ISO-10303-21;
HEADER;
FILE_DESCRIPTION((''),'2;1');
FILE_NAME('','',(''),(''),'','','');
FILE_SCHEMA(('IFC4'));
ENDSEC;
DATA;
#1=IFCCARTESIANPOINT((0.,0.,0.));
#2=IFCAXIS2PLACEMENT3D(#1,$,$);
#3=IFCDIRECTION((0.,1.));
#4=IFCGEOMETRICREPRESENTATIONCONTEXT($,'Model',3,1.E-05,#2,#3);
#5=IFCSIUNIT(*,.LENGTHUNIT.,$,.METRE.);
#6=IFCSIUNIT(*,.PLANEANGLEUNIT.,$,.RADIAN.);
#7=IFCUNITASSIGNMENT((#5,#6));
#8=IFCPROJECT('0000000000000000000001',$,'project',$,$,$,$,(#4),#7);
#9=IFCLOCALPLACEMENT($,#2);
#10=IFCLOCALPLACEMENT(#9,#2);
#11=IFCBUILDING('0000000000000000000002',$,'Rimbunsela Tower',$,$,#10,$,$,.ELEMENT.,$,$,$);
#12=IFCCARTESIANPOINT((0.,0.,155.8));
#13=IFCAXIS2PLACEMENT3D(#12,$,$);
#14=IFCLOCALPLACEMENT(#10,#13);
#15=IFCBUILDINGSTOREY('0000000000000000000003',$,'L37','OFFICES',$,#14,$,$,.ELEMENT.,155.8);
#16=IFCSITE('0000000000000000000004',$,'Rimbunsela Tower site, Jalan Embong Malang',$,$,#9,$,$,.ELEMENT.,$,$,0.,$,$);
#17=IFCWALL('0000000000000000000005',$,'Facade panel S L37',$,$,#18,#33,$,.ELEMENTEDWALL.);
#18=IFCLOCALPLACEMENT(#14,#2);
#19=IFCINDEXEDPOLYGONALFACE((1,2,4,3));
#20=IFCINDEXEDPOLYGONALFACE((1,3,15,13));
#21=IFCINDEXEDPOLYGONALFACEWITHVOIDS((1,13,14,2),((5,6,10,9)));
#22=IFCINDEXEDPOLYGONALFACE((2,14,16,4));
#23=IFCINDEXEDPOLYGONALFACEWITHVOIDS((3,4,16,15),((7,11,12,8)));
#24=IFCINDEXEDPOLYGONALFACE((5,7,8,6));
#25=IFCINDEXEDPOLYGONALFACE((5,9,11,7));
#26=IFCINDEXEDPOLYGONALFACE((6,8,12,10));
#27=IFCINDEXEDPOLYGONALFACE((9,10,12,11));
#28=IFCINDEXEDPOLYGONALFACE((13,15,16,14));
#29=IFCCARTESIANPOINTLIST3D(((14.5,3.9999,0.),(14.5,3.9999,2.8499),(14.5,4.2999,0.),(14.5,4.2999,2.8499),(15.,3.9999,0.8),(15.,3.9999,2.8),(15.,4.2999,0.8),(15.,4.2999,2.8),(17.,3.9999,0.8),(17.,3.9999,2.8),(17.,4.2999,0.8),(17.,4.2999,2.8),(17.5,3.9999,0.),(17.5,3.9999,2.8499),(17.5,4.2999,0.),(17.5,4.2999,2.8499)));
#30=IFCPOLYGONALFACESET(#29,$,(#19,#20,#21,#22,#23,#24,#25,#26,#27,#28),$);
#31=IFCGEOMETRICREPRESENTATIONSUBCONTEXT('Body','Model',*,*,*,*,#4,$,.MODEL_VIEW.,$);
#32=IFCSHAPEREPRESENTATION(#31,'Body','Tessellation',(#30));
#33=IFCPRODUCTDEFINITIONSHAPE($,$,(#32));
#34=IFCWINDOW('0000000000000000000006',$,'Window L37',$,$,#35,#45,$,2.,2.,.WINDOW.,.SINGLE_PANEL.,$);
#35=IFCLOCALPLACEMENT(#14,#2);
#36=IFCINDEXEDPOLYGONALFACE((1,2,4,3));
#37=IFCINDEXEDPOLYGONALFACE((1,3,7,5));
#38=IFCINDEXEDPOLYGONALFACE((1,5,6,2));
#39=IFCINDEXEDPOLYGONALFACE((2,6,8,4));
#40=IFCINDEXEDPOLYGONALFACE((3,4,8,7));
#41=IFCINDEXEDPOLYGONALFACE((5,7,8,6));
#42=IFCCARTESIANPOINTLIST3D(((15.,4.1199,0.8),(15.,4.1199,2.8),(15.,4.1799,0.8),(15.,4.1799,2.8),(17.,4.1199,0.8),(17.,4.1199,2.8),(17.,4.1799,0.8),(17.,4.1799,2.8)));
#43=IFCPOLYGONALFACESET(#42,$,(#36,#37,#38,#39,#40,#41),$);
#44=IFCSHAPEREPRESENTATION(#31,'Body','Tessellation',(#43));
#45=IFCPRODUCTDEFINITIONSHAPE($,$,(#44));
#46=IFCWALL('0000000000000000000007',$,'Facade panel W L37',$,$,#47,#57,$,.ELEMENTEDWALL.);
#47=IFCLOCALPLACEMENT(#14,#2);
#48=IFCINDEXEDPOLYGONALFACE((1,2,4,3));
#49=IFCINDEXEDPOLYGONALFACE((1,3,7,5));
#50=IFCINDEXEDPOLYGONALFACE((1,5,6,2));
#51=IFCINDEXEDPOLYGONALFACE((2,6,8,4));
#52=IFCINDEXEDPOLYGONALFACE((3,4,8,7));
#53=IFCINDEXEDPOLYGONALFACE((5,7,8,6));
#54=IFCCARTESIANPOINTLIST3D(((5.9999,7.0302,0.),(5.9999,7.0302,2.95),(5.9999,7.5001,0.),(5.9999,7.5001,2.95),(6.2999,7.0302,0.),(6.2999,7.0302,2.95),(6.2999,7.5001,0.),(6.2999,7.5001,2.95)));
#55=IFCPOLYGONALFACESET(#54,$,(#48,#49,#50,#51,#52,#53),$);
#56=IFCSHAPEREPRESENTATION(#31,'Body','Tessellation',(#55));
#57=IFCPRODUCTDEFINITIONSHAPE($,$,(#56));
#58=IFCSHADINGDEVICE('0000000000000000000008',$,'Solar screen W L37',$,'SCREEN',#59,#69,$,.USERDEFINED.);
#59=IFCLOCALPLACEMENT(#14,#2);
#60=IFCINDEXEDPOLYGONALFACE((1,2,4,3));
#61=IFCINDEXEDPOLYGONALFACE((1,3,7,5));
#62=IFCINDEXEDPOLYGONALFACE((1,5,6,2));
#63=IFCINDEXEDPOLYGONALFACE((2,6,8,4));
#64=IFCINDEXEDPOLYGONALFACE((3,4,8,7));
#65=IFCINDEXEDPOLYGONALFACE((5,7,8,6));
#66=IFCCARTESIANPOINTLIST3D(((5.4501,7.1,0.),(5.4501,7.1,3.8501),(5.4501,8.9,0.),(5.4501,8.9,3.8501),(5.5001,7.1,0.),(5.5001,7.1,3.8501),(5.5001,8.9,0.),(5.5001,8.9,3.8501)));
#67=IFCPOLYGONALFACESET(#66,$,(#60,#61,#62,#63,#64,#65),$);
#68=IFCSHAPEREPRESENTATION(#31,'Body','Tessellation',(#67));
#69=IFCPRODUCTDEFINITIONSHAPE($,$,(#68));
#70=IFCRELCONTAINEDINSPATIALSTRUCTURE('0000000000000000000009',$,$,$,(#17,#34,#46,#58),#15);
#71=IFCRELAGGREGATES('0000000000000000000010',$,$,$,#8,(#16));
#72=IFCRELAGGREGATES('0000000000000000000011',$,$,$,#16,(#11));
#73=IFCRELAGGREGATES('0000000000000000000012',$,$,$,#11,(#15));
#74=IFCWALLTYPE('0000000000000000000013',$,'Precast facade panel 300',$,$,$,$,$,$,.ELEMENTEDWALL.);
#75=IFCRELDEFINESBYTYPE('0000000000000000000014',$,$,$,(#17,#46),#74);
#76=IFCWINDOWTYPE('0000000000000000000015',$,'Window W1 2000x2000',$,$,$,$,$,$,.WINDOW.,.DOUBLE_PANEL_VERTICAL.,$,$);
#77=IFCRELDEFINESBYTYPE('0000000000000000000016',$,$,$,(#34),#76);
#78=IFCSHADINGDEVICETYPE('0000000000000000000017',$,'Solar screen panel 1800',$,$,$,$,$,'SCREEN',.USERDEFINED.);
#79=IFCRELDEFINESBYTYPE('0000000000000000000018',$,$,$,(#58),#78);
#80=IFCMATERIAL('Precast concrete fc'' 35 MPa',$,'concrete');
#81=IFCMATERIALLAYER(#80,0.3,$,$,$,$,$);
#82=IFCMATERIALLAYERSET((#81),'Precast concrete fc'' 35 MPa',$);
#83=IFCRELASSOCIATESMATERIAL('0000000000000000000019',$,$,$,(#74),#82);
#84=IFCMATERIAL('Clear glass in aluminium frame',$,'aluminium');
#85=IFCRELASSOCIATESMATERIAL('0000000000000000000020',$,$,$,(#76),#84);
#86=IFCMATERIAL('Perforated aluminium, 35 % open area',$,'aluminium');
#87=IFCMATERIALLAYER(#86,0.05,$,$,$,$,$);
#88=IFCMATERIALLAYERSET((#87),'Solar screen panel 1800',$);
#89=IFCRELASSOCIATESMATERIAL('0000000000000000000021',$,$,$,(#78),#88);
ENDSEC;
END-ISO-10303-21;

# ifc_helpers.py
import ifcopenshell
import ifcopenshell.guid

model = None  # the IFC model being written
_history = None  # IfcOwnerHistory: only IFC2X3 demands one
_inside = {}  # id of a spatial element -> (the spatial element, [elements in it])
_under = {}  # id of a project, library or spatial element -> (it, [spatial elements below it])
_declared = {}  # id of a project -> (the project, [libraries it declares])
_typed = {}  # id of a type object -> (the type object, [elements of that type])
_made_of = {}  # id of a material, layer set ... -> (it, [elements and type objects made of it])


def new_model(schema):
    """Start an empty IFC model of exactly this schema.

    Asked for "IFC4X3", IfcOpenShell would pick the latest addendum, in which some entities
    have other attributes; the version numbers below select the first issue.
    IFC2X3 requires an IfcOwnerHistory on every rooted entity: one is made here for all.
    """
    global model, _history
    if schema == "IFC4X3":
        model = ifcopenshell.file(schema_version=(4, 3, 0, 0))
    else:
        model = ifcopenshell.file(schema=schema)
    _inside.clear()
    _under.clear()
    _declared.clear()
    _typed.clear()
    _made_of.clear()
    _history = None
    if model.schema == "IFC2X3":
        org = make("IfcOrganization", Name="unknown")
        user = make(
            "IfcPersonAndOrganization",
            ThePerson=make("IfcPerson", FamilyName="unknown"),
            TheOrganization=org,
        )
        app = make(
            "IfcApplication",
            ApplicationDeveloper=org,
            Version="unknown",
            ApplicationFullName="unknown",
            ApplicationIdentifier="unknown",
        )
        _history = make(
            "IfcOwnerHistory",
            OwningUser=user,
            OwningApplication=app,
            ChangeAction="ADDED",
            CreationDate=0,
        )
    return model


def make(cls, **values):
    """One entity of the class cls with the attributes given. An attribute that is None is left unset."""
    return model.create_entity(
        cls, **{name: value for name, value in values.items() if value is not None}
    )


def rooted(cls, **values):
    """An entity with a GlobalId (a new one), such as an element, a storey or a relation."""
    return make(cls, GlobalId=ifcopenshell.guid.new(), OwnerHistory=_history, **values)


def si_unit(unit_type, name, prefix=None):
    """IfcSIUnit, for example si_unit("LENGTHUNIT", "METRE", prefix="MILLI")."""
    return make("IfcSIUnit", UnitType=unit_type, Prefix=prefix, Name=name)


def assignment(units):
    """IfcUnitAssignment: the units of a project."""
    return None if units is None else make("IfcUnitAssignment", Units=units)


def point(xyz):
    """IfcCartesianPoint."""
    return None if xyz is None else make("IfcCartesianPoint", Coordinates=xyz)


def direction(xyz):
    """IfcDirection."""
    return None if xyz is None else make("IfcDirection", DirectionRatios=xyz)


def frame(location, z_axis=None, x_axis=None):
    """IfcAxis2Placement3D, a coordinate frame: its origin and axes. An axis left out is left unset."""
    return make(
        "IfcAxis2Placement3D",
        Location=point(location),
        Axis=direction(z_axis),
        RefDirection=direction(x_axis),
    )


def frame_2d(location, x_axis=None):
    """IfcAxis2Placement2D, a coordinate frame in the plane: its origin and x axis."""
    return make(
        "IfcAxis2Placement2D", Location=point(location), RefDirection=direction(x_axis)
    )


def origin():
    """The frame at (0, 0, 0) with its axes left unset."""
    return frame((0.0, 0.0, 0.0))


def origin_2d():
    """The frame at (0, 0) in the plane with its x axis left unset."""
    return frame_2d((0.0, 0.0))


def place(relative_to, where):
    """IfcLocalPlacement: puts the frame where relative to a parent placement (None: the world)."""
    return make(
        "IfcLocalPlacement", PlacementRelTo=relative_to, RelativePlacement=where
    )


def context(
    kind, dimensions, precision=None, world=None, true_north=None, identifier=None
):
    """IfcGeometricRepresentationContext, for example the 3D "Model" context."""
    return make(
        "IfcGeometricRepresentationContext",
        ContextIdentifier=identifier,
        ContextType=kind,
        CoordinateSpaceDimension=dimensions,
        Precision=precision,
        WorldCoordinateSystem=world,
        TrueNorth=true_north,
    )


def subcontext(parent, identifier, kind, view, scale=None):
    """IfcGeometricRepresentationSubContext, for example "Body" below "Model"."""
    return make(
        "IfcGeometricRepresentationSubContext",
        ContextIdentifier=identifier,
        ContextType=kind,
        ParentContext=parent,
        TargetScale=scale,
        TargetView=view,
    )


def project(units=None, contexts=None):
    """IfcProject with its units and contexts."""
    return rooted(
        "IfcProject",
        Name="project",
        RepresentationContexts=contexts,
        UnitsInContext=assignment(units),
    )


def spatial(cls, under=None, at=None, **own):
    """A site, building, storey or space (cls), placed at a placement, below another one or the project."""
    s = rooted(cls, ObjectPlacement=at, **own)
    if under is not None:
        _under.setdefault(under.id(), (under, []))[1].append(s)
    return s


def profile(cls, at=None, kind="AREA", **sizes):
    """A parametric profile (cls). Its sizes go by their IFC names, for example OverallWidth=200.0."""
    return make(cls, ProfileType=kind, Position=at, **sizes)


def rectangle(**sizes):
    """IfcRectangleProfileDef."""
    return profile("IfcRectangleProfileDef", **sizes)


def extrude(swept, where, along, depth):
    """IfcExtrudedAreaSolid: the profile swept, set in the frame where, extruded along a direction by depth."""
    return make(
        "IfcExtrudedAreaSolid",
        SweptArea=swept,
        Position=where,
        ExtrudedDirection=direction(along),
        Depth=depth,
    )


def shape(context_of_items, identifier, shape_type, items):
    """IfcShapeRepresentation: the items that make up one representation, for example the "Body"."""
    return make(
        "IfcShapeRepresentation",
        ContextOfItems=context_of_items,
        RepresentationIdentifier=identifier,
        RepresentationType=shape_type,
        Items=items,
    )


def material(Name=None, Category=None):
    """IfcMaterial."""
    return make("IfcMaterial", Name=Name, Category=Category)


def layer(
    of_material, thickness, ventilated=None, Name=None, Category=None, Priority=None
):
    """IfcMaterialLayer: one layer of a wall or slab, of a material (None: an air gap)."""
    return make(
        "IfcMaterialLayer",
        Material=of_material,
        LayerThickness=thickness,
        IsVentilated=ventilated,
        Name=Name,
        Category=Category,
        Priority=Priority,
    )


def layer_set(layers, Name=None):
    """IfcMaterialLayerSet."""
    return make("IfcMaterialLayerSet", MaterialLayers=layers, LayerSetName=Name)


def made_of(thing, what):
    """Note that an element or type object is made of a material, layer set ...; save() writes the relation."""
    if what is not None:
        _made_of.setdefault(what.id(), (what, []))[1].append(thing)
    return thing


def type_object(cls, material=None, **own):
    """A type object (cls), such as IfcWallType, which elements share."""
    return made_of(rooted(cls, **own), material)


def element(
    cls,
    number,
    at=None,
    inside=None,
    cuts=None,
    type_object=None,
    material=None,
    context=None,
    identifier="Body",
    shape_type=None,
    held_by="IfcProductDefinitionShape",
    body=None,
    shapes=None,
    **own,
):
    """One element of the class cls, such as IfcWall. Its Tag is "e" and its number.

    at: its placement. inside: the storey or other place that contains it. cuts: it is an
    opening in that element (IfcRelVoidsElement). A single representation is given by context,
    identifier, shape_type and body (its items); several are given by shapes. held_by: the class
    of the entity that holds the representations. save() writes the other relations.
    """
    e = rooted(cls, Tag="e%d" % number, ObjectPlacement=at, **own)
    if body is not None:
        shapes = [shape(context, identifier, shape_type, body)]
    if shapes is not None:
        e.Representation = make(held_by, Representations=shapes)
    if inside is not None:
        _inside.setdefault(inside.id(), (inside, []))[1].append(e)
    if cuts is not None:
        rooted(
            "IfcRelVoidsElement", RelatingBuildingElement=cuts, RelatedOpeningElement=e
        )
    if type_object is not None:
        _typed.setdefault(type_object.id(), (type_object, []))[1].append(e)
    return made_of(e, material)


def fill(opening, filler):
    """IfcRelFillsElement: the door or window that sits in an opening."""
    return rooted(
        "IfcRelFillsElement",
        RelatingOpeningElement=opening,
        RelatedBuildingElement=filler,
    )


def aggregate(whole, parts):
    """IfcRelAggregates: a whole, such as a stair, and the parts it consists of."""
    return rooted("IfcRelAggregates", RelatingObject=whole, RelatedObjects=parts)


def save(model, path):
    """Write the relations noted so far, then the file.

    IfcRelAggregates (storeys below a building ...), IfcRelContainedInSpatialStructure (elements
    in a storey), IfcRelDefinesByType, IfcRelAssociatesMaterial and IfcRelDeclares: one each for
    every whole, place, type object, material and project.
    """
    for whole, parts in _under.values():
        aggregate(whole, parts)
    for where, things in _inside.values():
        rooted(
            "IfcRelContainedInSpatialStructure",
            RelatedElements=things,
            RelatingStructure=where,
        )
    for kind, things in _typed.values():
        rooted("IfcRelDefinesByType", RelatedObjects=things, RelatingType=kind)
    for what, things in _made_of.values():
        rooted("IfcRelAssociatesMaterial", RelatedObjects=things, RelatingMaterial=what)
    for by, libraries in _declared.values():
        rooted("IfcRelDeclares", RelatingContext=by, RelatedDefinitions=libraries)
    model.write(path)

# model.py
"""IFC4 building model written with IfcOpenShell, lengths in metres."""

from ifc_helpers import new_model, si_unit, direction, frame, frame_2d, origin, origin_2d, place, context, subcontext, project, spatial, rectangle, extrude, material, layer, layer_set, type_object, element, fill, save


model = new_model("IFC4")

# Units and contexts
model_context = context("Model", 3, precision=1e-05, world=origin(), true_north=direction((0.0, 1.0)))
body_context = subcontext(model_context, "Body", "Model", "MODEL_VIEW")
ifc_project = project(units=[si_unit("LENGTHUNIT", "METRE"), si_unit("PLANEANGLEUNIT", "RADIAN")], contexts=[model_context])

# Site, building, storey
site_placement = place(None, origin())
site = spatial("IfcSite", under=ifc_project, at=site_placement, Name="Rimbunsela Tower site, Jalan Embong Malang", CompositionType="ELEMENT", RefElevation=0.0)
building_placement = place(site_placement, origin())
building = spatial("IfcBuilding", under=site, at=building_placement, Name="Rimbunsela Tower", CompositionType="ELEMENT")
storey_placement = place(building_placement, frame((0.0, 0.0, 155.8)))
storey = spatial("IfcBuildingStorey", under=building, at=storey_placement, Name="L37", Description="OFFICES", CompositionType="ELEMENT", Elevation=155.8)

# Shared definitions
ifc_material_1 = material(Name="Precast concrete fc' 35 MPa", Category="concrete")
ifc_layer_1 = layer(ifc_material_1, 0.3)
ifc_layer_set_1 = layer_set([ifc_layer_1], Name="Precast concrete fc' 35 MPa")
wall_type = type_object("IfcWallType", Name="Precast facade panel 300", PredefinedType="ELEMENTEDWALL", material=ifc_layer_set_1)

# Wall, opening, window
ifc_material_2 = material(Name="Clear glass in aluminium frame", Category="aluminium")
window_type = type_object("IfcWindowType", Name="Window W1 2000x2000", PartitioningType="DOUBLE_PANEL_VERTICAL", PredefinedType="WINDOW", material=ifc_material_2)
wall_1_placement = place(storey_placement, frame((14.5, 4.1499, 0.0), z_axis=(0.0, 0.0, 1.0), x_axis=(1.0, 0.0, 0.0)))
wall_1 = element("IfcWall", 1, at=wall_1_placement, inside=storey, type_object=wall_type, Name="Facade panel S L37", PredefinedType="ELEMENTEDWALL", context=body_context, shape_type="SweptSolid", body=[
    extrude(rectangle(XDim=3.0, YDim=0.3, at=frame_2d((1.5, 0.0))), origin(), (0.0, 0.0, 1.0), 2.8499),
])
opening_1_placement = place(wall_1_placement, frame((0.5, 0.0, 0.8)))
opening_1 = element("IfcOpeningElement", 2, at=opening_1_placement, cuts=wall_1, PredefinedType="OPENING", context=body_context, shape_type="SweptSolid", body=[
    extrude(rectangle(XDim=2.0, YDim=2.0, at=frame_2d((1.0, 1.0))), frame((0.0, 0.1599, 0.0), z_axis=(0.0, -1.0, 0.0), x_axis=(1.0, 0.0, 0.0)), (0.0, 0.0, 1.0), 0.3201),
])
window_1_placement = place(opening_1_placement, origin())
window_1 = element("IfcWindow", 3, at=window_1_placement, inside=storey, type_object=window_type, Name="Window L37", OverallHeight=2.0, OverallWidth=2.0, PartitioningType="SINGLE_PANEL", PredefinedType="WINDOW", context=body_context, shape_type="SweptSolid", body=[
    extrude(rectangle(XDim=2.0, YDim=2.0, at=frame_2d((1.0, 1.0))), frame((0.0, 0.03, 0.0), z_axis=(0.0, -1.0, 0.0), x_axis=(1.0, 0.0, 0.0)), (0.0, 0.0, 1.0), 0.0601),
])
fill(opening_1, window_1)

# Wall
wall_2_placement = place(storey_placement, frame((6.1499, 7.5, 0.0), z_axis=(0.0, 0.0, 1.0), x_axis=(0.0, -1.0, 0.0)))
element("IfcWall", 4, at=wall_2_placement, inside=storey, type_object=wall_type, Name="Facade panel W L37", PredefinedType="ELEMENTEDWALL", context=body_context, shape_type="SweptSolid", body=[
    extrude(rectangle(XDim=0.47, YDim=0.3, at=frame_2d((0.2349, 0.0))), origin(), (0.0, 0.0, 1.0), 2.95),
])

# Shading device
ifc_material_3 = material(Name="Perforated aluminium, 35 % open area", Category="aluminium")
ifc_layer_2 = layer(ifc_material_3, 0.05)
ifc_layer_set_2 = layer_set([ifc_layer_2], Name="Solar screen panel 1800")
shading_device_type = type_object("IfcShadingDeviceType", Name="Solar screen panel 1800", ElementType="SCREEN", PredefinedType="USERDEFINED", material=ifc_layer_set_2)
shading_device_placement = place(storey_placement, frame((5.4751, 8.0, 0.0), z_axis=(0.0, 0.0, 1.0), x_axis=(0.0, 1.0, 0.0)))
element("IfcShadingDevice", 5, at=shading_device_placement, inside=storey, type_object=shading_device_type, Name="Solar screen W L37", ObjectType="SCREEN", PredefinedType="USERDEFINED", context=body_context, shape_type="SweptSolid", body=[
    extrude(rectangle(XDim=1.8, YDim=0.05, at=origin_2d()), origin(), (0.0, 0.0, 1.0), 3.8501),
])

save(model, "model.ifc")
